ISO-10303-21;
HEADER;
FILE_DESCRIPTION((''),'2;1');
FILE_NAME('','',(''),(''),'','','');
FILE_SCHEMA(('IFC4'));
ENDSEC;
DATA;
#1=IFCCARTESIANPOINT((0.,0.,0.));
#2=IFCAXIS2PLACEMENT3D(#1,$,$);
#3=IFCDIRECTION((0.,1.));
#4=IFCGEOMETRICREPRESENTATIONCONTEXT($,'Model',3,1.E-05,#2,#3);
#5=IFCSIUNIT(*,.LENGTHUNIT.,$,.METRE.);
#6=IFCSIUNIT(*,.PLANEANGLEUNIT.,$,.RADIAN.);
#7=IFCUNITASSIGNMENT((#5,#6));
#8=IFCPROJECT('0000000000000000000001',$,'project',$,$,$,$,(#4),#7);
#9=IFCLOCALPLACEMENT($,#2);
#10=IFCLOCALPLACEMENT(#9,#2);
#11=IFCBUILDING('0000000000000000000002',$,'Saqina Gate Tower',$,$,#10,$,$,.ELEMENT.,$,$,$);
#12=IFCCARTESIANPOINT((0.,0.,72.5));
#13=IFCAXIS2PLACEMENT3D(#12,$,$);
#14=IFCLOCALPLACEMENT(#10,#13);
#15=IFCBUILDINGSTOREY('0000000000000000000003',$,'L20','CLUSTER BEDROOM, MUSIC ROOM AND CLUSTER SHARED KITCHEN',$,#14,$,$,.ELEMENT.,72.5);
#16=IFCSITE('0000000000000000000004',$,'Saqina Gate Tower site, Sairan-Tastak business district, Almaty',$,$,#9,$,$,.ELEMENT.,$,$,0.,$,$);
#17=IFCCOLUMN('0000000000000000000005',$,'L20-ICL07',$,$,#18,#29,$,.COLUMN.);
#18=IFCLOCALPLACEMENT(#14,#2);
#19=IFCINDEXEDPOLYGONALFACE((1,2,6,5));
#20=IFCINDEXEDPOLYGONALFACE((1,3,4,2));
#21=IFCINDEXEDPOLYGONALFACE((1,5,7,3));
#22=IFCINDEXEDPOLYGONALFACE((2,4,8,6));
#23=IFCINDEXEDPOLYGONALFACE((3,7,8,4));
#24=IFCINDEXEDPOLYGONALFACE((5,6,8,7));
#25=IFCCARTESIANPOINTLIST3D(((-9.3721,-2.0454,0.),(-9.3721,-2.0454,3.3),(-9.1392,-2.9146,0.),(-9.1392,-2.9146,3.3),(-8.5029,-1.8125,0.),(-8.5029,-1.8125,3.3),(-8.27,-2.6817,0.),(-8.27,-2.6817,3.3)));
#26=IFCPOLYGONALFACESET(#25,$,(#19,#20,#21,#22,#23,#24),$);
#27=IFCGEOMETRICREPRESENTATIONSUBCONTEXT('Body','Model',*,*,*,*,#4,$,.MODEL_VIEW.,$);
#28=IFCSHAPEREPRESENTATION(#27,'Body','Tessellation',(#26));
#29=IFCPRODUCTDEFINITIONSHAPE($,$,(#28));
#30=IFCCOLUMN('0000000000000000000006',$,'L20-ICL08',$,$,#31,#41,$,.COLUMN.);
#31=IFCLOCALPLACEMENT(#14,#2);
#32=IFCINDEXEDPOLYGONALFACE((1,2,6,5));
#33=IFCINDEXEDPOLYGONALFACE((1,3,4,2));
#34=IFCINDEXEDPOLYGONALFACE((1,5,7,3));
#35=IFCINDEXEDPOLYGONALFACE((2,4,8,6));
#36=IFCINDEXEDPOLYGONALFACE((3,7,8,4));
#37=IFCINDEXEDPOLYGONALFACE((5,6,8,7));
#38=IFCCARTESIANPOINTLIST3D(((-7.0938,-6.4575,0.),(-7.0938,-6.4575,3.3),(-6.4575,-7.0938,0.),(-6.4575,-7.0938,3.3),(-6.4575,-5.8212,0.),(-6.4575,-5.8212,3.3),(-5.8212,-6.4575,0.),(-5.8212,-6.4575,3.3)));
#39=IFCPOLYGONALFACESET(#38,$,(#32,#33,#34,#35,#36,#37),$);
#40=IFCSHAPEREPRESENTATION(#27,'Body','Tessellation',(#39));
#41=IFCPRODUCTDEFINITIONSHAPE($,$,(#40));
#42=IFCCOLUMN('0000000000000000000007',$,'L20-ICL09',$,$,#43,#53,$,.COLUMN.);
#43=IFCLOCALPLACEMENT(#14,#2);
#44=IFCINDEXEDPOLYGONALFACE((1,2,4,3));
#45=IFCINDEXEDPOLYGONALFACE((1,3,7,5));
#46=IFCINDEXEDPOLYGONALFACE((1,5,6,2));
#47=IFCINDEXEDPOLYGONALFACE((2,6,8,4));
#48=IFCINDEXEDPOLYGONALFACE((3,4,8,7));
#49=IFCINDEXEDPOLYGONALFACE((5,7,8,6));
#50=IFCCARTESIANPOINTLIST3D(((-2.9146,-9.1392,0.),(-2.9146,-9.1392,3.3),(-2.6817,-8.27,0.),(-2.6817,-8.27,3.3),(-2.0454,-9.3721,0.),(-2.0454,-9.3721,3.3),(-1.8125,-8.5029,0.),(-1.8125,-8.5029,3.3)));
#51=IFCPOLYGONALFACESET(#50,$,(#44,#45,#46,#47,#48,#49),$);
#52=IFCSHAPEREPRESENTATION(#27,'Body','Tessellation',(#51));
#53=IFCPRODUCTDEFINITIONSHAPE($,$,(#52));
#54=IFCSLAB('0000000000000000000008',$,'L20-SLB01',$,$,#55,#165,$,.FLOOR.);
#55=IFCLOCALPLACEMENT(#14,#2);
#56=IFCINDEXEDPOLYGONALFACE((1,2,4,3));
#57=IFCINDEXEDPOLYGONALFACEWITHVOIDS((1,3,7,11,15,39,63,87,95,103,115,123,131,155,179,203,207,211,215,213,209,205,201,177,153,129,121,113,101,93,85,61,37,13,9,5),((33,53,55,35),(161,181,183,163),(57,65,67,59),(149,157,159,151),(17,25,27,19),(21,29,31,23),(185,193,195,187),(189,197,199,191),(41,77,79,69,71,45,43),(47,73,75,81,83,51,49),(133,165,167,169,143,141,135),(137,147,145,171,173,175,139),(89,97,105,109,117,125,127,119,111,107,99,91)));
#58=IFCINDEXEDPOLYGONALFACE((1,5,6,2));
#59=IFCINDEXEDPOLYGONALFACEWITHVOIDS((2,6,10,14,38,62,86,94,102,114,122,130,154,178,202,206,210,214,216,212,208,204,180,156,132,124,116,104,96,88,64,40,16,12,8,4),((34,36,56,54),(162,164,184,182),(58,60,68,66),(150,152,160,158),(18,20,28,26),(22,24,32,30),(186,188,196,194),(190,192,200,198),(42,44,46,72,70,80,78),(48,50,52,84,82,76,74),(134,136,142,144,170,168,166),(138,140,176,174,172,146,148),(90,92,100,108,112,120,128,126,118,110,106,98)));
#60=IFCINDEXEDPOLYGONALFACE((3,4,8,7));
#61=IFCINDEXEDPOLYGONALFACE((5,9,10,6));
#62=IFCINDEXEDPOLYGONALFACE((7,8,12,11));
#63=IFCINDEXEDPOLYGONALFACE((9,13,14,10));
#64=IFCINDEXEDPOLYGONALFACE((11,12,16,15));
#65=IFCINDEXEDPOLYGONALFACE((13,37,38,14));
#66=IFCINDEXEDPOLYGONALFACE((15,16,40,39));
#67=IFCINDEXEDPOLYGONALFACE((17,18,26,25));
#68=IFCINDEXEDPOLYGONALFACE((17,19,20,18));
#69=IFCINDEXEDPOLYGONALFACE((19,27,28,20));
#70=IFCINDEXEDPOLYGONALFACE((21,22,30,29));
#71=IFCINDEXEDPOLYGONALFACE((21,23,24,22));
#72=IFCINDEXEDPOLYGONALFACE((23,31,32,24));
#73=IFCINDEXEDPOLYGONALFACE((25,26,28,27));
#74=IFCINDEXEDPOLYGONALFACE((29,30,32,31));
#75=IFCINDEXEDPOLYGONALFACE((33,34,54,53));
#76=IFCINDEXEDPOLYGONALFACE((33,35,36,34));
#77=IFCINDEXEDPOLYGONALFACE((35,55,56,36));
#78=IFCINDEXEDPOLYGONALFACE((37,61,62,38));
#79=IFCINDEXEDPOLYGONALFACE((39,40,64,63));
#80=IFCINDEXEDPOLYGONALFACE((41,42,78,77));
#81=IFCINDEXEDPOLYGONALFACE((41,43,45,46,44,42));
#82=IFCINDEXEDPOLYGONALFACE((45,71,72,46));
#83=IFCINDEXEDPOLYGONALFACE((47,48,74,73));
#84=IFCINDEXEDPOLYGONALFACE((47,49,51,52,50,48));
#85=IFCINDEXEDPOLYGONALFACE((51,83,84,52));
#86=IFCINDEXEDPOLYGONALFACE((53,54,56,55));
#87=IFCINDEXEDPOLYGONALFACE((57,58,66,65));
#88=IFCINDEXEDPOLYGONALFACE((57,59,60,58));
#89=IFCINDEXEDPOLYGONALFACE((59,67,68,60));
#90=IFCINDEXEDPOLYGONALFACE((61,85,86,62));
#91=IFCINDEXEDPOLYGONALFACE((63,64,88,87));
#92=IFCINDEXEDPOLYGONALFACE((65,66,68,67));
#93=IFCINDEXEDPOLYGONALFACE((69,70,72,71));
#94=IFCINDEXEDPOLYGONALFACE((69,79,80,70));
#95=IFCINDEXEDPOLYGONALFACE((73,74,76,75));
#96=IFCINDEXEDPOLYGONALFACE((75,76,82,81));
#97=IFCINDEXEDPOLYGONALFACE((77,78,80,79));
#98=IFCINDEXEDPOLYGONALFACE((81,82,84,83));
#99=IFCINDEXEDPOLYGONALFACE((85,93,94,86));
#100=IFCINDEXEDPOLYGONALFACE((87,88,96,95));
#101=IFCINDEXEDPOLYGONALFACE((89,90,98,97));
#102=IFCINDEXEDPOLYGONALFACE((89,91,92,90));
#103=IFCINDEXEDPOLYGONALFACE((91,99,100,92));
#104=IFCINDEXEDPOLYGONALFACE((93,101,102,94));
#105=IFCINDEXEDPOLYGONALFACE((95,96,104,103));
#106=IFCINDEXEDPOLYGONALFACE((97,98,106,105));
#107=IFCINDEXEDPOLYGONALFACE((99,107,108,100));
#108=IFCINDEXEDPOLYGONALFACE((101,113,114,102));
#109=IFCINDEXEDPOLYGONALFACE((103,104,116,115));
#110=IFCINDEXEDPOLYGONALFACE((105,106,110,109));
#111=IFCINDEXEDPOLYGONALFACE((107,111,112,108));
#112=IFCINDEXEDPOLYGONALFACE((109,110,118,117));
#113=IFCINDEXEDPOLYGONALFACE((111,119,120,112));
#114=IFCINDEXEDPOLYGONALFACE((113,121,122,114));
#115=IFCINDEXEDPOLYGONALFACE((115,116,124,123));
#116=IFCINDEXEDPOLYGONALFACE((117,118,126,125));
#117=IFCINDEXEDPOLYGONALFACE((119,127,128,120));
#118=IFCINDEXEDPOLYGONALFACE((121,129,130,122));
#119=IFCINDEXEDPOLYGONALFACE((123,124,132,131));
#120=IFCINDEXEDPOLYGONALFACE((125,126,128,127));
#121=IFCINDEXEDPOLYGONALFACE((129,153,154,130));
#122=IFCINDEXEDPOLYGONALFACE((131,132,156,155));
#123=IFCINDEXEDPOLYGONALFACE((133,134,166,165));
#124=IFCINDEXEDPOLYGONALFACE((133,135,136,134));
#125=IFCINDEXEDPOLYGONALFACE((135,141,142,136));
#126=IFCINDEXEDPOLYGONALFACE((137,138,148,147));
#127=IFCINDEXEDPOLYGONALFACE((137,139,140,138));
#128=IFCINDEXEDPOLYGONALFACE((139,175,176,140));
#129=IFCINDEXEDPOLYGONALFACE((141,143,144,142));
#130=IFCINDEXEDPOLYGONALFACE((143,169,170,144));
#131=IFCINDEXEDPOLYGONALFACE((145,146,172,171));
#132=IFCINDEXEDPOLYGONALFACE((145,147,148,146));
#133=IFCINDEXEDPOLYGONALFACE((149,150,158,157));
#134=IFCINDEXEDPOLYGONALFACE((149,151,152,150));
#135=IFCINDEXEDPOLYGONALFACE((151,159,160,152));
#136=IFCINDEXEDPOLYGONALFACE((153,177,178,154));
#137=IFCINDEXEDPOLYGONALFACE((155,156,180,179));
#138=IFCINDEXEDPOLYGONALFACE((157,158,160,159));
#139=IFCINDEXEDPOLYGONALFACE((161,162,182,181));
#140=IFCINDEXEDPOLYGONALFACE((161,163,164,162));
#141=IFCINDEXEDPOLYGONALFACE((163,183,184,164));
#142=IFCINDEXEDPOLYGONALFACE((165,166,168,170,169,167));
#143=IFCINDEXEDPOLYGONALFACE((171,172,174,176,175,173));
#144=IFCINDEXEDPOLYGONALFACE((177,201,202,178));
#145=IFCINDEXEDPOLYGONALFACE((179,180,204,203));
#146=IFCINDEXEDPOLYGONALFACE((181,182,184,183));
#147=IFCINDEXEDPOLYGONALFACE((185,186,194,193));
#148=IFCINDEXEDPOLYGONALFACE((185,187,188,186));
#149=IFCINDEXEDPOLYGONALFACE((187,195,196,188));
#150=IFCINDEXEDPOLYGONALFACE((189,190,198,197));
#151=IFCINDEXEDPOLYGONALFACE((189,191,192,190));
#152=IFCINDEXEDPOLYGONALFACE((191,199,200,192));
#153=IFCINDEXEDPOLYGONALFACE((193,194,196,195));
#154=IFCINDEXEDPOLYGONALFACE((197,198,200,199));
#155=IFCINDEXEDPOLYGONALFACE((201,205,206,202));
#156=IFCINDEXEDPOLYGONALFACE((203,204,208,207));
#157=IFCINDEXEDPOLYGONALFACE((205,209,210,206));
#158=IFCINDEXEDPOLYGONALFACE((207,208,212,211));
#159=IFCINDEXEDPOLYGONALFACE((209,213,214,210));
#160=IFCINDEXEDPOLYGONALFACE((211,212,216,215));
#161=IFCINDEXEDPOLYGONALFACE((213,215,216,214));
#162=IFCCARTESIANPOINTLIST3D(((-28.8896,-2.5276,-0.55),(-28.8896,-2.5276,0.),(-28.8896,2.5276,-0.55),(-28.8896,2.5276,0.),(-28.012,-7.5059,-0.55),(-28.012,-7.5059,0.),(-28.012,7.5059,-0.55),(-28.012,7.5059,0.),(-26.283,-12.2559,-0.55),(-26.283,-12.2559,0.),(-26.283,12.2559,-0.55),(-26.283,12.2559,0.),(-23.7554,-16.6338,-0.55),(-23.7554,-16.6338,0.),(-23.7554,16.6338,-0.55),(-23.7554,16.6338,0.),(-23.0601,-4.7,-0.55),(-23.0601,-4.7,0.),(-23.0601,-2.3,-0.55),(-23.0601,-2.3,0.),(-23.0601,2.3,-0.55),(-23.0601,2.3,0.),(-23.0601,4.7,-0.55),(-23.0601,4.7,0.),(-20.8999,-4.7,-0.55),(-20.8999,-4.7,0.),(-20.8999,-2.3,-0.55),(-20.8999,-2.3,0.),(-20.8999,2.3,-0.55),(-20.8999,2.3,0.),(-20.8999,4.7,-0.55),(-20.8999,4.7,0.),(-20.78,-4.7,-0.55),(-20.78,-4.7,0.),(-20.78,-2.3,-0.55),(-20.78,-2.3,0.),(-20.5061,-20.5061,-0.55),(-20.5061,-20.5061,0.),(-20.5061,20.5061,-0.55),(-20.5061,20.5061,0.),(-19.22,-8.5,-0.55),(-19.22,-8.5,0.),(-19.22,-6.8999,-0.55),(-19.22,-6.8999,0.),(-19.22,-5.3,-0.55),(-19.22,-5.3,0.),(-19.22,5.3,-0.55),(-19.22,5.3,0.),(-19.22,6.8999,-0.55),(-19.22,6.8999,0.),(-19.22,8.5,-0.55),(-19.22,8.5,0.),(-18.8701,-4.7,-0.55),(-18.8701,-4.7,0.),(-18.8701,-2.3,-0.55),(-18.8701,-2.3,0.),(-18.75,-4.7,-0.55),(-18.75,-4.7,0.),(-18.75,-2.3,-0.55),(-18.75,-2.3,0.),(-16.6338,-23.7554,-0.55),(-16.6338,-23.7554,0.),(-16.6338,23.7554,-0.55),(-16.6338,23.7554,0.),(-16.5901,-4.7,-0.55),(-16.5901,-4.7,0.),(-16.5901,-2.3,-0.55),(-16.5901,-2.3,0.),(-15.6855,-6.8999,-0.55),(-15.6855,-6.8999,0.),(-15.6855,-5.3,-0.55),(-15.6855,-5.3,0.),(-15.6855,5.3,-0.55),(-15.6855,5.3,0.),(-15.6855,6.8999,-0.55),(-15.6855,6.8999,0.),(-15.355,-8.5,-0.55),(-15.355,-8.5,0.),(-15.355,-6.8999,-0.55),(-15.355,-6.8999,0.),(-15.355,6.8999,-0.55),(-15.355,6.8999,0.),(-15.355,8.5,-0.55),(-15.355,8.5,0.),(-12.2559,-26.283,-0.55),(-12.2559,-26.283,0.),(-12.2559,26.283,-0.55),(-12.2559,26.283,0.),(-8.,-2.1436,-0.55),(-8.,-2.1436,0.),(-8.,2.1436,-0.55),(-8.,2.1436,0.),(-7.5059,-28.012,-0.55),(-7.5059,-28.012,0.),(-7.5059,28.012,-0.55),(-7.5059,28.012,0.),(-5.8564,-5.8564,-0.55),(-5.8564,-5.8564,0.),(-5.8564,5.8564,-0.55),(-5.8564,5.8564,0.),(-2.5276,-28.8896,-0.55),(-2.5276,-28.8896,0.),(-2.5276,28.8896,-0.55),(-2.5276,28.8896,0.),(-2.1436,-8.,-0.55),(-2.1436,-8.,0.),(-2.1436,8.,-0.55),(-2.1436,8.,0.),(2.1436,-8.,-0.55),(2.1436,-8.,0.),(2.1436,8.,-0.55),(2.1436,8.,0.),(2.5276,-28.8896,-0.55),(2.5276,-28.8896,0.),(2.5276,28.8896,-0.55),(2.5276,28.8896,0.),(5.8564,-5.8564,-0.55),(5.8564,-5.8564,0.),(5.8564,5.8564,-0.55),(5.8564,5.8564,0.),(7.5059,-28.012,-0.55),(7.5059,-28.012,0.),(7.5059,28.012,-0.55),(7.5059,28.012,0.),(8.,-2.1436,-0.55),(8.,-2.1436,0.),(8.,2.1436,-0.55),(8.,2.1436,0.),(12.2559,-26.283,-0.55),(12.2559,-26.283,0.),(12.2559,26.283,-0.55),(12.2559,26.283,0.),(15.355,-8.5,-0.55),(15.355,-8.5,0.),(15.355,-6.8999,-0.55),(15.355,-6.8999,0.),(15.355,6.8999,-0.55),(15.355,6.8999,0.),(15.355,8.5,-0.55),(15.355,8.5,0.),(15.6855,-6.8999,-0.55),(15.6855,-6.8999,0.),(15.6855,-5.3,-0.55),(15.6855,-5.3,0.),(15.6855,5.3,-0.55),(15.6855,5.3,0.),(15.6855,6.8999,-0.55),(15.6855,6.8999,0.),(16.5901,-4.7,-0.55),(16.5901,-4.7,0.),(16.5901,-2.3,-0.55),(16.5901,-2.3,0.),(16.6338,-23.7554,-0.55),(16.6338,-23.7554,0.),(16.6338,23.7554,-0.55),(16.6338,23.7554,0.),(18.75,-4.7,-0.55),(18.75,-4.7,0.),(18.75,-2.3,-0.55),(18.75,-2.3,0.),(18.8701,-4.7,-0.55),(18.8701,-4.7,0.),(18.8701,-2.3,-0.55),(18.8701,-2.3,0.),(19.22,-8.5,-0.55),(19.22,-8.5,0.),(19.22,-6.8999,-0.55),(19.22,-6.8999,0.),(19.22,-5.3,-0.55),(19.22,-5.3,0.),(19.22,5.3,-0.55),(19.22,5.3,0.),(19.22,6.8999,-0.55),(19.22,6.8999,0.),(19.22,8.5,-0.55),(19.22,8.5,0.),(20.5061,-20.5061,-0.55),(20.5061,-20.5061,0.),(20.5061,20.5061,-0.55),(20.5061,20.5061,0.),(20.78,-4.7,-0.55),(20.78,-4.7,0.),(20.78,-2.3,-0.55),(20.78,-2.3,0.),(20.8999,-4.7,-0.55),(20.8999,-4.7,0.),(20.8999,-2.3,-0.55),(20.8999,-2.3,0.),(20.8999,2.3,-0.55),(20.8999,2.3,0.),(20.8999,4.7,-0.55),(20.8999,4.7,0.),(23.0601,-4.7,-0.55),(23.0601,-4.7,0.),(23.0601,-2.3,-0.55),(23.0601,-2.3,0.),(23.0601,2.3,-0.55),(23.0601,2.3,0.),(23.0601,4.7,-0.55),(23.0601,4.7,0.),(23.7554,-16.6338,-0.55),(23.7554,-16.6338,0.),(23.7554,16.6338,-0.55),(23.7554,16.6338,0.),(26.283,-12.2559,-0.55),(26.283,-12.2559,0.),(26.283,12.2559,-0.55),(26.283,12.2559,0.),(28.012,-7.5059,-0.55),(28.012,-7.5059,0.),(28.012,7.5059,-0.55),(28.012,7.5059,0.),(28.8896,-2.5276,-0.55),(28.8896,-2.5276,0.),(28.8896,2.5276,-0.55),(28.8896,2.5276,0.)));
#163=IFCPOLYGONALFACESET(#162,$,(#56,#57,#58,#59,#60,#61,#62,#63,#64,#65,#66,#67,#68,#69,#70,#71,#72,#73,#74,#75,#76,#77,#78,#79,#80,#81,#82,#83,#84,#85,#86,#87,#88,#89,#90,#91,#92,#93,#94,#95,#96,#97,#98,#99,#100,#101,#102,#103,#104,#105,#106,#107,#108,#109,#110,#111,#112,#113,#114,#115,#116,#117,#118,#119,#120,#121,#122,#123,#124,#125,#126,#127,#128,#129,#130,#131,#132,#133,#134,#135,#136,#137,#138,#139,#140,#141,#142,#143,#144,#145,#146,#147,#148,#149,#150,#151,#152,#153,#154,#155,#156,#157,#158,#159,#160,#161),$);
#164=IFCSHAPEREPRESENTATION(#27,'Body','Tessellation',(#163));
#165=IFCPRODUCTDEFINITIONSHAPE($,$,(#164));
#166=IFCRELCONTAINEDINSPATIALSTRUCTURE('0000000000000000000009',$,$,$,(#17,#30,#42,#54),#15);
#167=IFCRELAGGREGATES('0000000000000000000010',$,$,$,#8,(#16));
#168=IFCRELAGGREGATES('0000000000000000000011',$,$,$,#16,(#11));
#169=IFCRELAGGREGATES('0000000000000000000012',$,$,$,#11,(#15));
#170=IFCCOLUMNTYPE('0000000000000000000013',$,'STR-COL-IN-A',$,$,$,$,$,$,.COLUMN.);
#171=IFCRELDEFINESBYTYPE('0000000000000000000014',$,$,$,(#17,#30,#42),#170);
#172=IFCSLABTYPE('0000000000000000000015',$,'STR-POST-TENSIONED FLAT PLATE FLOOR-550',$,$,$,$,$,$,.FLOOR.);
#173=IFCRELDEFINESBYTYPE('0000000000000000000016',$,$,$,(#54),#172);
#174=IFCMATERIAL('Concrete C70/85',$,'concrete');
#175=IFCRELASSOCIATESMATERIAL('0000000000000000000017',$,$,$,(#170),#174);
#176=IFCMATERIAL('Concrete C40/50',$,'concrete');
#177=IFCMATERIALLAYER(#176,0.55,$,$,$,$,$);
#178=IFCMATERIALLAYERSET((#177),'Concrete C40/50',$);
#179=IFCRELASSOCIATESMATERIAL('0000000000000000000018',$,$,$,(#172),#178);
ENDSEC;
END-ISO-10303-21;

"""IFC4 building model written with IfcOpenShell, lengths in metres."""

from ifc_helpers import new_model, si_unit, direction, frame, origin, origin_2d, place, context, subcontext, project, spatial, polyline, rectangle, outline, extrude, material, layer, layer_set, material_profile, profile_set, type_object, element, save


model = new_model("IFC4")

# Units and contexts
model_context = context("Model", 3, precision=1e-05, world=origin(), true_north=direction((0.0, 1.0)))
body_context = subcontext(model_context, "Body", "Model", "MODEL_VIEW")
ifc_project = project(units=[si_unit("LENGTHUNIT", "METRE"), si_unit("PLANEANGLEUNIT", "RADIAN")], contexts=[model_context])

# Site, building, storey
site_placement = place(None, origin())
site = spatial("IfcSite", under=ifc_project, at=site_placement, Name="Saqina Gate Tower site, Sairan-Tastak business district, Almaty", CompositionType="ELEMENT", RefElevation=0.0)
building_placement = place(site_placement, origin())
building = spatial("IfcBuilding", under=site, at=building_placement, Name="Saqina Gate Tower", CompositionType="ELEMENT")
storey_placement = place(building_placement, frame((0.0, 0.0, 72.5)))
storey = spatial("IfcBuildingStorey", under=building, at=storey_placement, Name="L20", Description="CLUSTER BEDROOM, MUSIC ROOM AND CLUSTER SHARED KITCHEN", CompositionType="ELEMENT", Elevation=72.5)

# Columns
ifc_material_1 = material(Name="Concrete C70/85", Category="concrete")
ifc_material_profile = material_profile(ifc_material_1, rectangle(XDim=0.8999, YDim=0.8999, at=origin_2d()), Name="RC 900x900")
ifc_profile_set = profile_set([ifc_material_profile], Name="Concrete C70/85")
column_type = type_object("IfcColumnType", Name="STR-COL-IN-A", PredefinedType="COLUMN", material=ifc_profile_set)
for number, where, z_axis, x_axis, name in (
    (1, (-8.821, -2.3635, 0.0), (0.0, 0.0, 1.0), (-0.965926, -0.258819, 0.0), "L20-ICL07"),
    (2, (-6.4575, -6.4575, 0.0), (0.0, 0.0, 1.0), (-0.707107, -0.707107, 0.0), "L20-ICL08"),
    (3, (-2.3635, -8.821, 0.0), (0.0, 0.0, 1.0), (-0.258819, -0.965926, 0.0), "L20-ICL09"),
):
    element("IfcColumn", number, at=place(storey_placement, frame(where, z_axis=z_axis, x_axis=x_axis)), inside=storey, type_object=column_type, Name=name, PredefinedType="COLUMN", context=body_context, shape_type="SweptSolid", body=[
        extrude(rectangle(XDim=0.8999, YDim=0.8999, at=origin_2d()), origin(), (0.0, 0.0, 1.0), 3.3),
    ])

# Slab
ifc_material_2 = material(Name="Concrete C40/50", Category="concrete")
ifc_layer_1 = layer(ifc_material_2, 0.55)
ifc_layer_set_1 = layer_set([ifc_layer_1], Name="Concrete C40/50")
slab_type = type_object("IfcSlabType", Name="STR-POST-TENSIONED FLAT PLATE FLOOR-550", PredefinedType="FLOOR", material=ifc_layer_set_1)
slab_placement = place(storey_placement, frame((0.0, 0.0, -0.55)))
element("IfcSlab", 4, at=slab_placement, inside=storey, type_object=slab_type, Name="L20-SLB01", PredefinedType="FLOOR", context=body_context, shape_type="SweptSolid", body=[
    extrude(outline(polyline([(28.012, -7.5059), (28.8896, -2.5276), (28.8896, 2.5276), (28.012, 7.5059), (26.283, 12.2559), (23.7554, 16.6338), (20.5061, 20.5061), (16.6338, 23.7554), (12.2559, 26.283), (7.5059, 28.012), (2.5276, 28.8896), (-2.5276, 28.8896), (-7.5059, 28.012), (-12.2559, 26.283), (-16.6338, 23.7554), (-20.5061, 20.5061), (-23.7554, 16.6338), (-26.283, 12.2559), (-28.012, 7.5059), (-28.8896, 2.5276), (-28.8896, -2.5276), (-28.012, -7.5059), (-26.283, -12.2559), (-23.7554, -16.6338), (-20.5061, -20.5061), (-16.6338, -23.7554), (-12.2559, -26.283), (-7.5059, -28.012), (-2.5276, -28.8896), (2.5276, -28.8896), (7.5059, -28.012), (12.2559, -26.283), (16.6338, -23.7554), (20.5061, -20.5061), (23.7554, -16.6338), (26.283, -12.2559), (28.012, -7.5059)]), holes=[polyline([(2.1436, 8.0), (5.8564, 5.8564), (8.0, 2.1436), (8.0, -2.1436), (5.8564, -5.8564), (2.1436, -8.0), (-2.1436, -8.0), (-5.8564, -5.8564), (-8.0, -2.1436), (-8.0, 2.1436), (-5.8564, 5.8564), (-2.1436, 8.0), (2.1436, 8.0)]), polyline([(-19.22, -8.5), (-19.22, -6.8999), (-19.22, -5.3), (-15.6855, -5.3), (-15.6855, -6.8999), (-15.355, -6.8999), (-15.355, -8.5), (-19.22, -8.5)]), polyline([(-20.8999, -2.3), (-20.8999, -4.7), (-23.0601, -4.7), (-23.0601, -2.3), (-20.8999, -2.3)]), polyline([(-18.8701, -2.3), (-18.8701, -4.7), (-20.78, -4.7), (-20.78, -2.3), (-18.8701, -2.3)]), polyline([(-16.5901, -2.3), (-16.5901, -4.7), (-18.75, -4.7), (-18.75, -2.3), (-16.5901, -2.3)]), polyline([(-20.8999, 4.7), (-20.8999, 2.3), (-23.0601, 2.3), (-23.0601, 4.7), (-20.8999, 4.7)]), polyline([(-19.22, 6.8999), (-19.22, 8.5), (-15.355, 8.5), (-15.355, 6.8999), (-15.6855, 6.8999), (-15.6855, 5.3), (-19.22, 5.3), (-19.22, 6.8999)]), polyline([(15.355, -6.8999), (15.6855, -6.8999), (15.6855, -5.3), (19.22, -5.3), (19.22, -6.8999), (19.22, -8.5), (15.355, -8.5), (15.355, -6.8999)]), polyline([(18.75, -2.3), (18.75, -4.7), (16.5901, -4.7), (16.5901, -2.3), (18.75, -2.3)]), polyline([(20.78, -2.3), (20.78, -4.7), (18.8701, -4.7), (18.8701, -2.3), (20.78, -2.3)]), polyline([(23.0601, -2.3), (23.0601, -4.7), (20.8999, -4.7), (20.8999, -2.3), (23.0601, -2.3)]), polyline([(23.0601, 4.7), (23.0601, 2.3), (20.8999, 2.3), (20.8999, 4.7), (23.0601, 4.7)]), polyline([(15.6855, 6.8999), (15.355, 6.8999), (15.355, 8.5), (19.22, 8.5), (19.22, 6.8999), (19.22, 5.3), (15.6855, 5.3), (15.6855, 6.8999)])]), origin(), (0.0, 0.0, 1.0), 0.55),
])

save(model, "model.ifc")
